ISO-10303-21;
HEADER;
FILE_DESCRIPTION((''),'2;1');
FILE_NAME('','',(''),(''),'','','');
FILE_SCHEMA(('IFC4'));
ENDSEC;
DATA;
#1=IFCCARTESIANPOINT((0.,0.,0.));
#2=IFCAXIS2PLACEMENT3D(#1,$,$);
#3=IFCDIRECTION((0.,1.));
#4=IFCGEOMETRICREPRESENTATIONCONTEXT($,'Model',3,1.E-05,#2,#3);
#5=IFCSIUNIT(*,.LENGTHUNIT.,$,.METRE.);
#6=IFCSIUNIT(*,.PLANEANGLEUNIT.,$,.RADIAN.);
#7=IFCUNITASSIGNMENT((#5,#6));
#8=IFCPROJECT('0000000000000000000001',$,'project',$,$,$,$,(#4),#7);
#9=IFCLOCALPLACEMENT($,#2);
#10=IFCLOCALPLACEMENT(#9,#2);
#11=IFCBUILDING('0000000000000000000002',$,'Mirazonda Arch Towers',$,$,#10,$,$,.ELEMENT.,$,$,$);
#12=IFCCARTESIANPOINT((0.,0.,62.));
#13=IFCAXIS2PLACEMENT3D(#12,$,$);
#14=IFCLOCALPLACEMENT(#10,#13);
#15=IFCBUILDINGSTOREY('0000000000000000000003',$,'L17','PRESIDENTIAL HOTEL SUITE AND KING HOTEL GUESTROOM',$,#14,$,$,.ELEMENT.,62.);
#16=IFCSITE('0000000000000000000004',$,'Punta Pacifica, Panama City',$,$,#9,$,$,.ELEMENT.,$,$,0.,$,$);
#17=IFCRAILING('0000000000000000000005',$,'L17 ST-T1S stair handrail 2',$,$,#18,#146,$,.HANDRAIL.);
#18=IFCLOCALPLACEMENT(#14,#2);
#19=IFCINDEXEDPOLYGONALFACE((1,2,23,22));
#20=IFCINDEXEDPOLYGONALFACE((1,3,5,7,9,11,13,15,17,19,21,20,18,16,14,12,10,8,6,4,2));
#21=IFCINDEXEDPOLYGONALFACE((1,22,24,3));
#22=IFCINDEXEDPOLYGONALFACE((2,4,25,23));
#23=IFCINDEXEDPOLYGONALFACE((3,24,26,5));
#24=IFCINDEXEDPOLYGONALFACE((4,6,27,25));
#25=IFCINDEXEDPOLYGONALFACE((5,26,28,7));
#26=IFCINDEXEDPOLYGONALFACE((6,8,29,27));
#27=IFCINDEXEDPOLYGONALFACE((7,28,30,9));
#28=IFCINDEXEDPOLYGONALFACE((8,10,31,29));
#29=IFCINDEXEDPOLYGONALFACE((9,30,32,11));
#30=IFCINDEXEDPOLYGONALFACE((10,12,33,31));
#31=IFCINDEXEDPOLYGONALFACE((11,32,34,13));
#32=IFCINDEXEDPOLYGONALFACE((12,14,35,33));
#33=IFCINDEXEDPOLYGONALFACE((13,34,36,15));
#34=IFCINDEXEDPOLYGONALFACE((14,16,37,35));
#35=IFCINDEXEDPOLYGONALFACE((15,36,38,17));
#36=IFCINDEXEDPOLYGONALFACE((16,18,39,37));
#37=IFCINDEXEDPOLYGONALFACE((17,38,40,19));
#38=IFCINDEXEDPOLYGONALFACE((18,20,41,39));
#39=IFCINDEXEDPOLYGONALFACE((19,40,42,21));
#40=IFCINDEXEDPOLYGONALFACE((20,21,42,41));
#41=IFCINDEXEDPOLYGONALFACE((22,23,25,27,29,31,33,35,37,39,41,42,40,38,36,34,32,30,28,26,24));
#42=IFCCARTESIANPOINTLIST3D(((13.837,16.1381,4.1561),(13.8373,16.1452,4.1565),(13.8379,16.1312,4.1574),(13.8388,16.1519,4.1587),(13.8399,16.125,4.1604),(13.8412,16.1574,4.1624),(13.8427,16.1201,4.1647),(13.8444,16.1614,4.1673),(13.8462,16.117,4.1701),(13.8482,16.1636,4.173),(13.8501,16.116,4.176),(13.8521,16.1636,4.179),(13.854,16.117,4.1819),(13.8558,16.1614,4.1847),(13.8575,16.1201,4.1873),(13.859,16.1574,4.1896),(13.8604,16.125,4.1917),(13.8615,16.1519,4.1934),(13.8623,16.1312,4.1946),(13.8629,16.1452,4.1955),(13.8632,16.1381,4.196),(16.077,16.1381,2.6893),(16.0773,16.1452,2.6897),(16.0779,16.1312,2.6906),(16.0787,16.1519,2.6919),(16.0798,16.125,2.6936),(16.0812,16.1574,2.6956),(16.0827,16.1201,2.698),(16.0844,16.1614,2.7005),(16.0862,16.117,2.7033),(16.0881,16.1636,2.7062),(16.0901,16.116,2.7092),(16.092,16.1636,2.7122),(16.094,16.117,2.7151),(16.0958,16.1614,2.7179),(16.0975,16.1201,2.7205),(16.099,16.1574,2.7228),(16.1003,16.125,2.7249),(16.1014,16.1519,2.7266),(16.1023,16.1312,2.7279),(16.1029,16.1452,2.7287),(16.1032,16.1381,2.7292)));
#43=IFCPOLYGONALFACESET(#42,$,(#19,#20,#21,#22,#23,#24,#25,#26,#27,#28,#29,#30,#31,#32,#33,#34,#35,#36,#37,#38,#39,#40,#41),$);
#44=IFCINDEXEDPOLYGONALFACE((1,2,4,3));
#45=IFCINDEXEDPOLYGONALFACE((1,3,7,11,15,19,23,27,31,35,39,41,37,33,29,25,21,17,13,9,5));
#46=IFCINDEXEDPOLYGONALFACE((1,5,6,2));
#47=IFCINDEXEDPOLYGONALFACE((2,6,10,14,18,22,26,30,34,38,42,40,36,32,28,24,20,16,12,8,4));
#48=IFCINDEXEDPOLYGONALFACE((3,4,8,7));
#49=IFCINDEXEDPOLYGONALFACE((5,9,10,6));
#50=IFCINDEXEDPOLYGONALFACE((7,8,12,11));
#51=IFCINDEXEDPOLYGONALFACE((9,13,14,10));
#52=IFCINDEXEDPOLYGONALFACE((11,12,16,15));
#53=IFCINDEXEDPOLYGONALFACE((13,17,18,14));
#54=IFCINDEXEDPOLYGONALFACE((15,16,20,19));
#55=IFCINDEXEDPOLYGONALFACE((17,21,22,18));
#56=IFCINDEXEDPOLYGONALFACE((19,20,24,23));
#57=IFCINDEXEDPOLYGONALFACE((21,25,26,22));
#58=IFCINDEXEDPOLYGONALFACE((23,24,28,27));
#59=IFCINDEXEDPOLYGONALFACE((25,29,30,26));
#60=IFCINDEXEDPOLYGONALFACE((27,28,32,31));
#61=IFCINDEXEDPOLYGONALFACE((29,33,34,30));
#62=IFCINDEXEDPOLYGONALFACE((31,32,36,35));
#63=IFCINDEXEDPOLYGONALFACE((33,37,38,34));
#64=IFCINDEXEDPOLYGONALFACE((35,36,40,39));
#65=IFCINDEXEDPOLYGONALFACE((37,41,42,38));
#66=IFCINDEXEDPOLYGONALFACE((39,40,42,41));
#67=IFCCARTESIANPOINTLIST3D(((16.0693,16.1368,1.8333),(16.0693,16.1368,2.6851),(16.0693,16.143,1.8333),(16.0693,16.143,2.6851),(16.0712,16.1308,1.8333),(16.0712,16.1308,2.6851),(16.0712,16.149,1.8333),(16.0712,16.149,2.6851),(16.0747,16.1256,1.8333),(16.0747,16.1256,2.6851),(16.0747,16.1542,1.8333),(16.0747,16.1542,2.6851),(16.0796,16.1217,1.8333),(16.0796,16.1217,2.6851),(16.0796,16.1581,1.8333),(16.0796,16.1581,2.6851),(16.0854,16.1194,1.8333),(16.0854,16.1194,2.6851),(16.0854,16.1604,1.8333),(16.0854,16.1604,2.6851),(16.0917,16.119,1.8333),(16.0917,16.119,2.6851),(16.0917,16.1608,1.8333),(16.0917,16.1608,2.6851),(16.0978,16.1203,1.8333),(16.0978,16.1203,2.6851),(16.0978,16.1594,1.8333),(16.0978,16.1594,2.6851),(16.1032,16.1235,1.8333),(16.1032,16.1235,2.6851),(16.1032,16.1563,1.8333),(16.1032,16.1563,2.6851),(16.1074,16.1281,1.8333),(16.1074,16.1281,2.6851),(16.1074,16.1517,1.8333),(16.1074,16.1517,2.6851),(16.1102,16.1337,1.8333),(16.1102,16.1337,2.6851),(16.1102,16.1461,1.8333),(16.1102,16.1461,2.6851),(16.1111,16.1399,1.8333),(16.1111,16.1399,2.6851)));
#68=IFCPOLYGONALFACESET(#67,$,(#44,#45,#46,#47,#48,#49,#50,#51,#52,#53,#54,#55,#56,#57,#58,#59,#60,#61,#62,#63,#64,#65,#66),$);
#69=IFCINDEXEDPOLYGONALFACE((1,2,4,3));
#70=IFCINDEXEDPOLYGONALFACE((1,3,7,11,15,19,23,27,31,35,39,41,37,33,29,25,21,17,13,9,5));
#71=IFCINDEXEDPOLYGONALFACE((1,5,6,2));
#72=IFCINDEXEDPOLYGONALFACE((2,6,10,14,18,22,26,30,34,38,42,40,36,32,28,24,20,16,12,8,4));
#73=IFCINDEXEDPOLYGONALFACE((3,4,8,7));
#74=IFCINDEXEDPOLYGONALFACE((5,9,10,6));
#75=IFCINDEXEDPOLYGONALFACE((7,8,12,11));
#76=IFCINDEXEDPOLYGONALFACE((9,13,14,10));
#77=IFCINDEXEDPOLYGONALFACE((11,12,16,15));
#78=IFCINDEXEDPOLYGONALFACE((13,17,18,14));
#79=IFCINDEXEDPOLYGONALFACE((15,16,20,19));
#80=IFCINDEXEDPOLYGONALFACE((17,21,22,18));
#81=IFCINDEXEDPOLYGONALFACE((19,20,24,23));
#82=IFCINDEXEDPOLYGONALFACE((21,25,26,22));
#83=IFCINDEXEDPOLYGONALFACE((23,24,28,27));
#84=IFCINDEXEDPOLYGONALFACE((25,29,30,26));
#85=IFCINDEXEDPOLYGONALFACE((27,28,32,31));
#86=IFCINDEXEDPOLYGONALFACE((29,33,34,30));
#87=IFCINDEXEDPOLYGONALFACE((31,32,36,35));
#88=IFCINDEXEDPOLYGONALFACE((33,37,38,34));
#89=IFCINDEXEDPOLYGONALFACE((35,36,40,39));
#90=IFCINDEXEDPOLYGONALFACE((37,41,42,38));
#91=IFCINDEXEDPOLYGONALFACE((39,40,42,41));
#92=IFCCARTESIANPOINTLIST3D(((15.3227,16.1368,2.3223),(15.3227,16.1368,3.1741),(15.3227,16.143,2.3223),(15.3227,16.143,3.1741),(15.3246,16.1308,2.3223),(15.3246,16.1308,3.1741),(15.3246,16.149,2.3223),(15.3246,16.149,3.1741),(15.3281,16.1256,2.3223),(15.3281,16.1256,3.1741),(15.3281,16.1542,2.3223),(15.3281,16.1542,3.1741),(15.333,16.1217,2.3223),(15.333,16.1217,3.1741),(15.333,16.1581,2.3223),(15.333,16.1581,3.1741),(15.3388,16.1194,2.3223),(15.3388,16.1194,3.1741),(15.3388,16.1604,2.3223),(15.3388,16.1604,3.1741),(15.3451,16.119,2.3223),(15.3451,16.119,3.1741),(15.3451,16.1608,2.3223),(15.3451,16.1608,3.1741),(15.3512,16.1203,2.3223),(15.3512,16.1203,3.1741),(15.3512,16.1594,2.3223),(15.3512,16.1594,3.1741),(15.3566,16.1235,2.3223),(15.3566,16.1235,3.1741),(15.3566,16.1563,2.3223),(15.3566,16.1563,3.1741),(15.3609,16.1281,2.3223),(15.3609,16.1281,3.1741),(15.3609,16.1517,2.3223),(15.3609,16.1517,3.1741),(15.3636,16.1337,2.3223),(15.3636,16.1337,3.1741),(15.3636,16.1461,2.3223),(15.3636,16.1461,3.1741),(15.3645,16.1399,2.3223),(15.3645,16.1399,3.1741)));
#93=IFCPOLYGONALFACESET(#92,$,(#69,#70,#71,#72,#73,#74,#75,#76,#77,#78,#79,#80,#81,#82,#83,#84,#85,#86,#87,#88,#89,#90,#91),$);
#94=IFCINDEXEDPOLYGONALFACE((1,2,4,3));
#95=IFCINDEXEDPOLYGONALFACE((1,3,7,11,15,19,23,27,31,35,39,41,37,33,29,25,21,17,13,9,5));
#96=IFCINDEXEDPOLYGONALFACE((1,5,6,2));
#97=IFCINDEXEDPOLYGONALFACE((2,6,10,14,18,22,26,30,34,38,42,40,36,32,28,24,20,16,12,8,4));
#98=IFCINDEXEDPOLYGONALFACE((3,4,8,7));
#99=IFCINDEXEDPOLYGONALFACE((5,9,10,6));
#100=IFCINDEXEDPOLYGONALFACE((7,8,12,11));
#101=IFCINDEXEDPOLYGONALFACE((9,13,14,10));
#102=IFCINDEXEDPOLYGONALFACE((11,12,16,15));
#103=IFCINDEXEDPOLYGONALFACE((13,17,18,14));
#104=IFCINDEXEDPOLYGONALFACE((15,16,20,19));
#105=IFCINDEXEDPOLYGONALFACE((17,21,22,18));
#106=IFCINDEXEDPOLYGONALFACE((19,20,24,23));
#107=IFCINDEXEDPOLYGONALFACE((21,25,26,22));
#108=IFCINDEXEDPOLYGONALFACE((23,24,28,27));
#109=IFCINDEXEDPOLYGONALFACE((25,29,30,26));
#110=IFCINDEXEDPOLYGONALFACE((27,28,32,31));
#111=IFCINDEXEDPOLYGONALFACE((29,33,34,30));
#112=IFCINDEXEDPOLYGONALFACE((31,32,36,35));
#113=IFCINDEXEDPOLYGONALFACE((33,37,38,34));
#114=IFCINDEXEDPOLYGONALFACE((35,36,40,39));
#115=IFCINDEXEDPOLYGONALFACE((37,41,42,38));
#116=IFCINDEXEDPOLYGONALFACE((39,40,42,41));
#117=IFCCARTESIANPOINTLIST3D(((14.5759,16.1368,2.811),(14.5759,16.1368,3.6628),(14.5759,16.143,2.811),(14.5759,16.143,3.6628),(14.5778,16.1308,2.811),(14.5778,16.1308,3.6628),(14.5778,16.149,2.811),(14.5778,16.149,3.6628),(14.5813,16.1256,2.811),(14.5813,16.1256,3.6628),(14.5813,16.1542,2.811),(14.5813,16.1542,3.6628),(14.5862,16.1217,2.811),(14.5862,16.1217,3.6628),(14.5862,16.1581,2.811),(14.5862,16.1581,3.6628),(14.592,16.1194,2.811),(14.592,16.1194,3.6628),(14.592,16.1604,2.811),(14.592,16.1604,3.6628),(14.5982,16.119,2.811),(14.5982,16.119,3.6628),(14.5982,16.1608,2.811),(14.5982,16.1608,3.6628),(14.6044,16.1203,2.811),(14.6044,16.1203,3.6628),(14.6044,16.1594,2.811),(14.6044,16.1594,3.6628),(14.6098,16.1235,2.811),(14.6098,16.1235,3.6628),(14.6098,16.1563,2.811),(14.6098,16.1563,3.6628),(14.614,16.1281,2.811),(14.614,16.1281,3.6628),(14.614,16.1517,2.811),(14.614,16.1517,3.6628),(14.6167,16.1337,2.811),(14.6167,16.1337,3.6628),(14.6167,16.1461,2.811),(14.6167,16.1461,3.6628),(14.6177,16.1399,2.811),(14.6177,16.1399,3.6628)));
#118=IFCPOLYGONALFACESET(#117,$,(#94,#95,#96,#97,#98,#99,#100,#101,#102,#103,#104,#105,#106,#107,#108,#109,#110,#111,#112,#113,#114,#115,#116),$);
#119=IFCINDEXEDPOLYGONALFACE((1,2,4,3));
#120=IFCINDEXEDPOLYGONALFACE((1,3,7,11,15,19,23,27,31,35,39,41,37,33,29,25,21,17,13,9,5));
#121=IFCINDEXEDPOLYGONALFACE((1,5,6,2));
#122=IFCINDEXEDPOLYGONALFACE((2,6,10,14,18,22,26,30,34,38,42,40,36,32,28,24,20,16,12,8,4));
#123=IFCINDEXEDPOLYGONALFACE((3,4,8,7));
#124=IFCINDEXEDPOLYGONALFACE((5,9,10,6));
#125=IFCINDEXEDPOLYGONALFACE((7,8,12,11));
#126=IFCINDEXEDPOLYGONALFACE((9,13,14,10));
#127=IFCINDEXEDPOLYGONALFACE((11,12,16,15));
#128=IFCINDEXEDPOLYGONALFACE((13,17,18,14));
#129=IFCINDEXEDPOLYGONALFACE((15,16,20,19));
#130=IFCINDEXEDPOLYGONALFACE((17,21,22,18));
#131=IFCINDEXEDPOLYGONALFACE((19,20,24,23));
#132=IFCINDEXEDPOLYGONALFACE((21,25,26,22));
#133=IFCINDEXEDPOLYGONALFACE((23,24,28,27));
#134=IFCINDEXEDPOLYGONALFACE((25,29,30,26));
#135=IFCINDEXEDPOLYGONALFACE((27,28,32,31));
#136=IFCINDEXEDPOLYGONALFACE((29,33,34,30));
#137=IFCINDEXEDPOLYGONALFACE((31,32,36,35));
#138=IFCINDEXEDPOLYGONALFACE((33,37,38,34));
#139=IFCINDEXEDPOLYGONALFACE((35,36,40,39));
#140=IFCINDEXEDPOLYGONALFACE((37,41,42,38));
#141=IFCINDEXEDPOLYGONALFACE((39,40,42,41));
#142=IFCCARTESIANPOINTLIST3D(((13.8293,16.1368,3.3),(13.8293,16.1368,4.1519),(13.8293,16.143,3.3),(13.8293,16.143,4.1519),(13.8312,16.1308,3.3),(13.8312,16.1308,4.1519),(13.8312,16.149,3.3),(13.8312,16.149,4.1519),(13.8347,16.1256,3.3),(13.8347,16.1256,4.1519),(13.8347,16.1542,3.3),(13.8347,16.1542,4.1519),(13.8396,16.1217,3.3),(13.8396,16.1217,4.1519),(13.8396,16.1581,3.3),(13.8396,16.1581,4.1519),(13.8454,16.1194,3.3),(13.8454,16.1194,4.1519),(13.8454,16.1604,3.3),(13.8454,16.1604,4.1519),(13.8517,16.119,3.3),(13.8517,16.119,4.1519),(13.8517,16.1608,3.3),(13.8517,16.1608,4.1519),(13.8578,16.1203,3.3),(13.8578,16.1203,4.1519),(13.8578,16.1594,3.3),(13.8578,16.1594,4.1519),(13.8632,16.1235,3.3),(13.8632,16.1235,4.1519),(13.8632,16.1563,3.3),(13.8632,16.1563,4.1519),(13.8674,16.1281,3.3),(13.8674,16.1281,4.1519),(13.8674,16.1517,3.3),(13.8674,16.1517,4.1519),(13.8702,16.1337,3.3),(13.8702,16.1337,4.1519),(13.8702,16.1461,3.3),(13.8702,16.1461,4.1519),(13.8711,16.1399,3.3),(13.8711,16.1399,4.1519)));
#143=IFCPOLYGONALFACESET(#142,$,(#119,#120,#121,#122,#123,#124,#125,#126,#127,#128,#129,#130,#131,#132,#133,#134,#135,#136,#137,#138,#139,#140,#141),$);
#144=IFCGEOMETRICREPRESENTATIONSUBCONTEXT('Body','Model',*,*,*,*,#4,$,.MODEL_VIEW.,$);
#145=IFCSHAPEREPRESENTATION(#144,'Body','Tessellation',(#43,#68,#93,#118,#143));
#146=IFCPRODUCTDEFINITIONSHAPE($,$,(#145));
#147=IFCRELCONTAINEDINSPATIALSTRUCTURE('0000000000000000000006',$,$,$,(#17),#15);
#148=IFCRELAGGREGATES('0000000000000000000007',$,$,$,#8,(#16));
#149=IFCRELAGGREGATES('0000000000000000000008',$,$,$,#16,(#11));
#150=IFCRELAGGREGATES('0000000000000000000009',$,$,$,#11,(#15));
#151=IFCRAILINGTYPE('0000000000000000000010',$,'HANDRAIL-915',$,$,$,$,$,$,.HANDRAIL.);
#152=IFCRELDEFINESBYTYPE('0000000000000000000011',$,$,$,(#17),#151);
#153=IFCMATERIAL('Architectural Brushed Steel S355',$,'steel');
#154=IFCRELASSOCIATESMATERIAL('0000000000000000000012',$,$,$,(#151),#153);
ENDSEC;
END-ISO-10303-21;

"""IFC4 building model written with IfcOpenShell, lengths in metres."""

from ifc_helpers import new_model, si_unit, direction, frame, origin, origin_2d, place, context, subcontext, project, spatial, circle, extrude, material, type_object, element, save


model = new_model("IFC4")

# Units and contexts
model_context = context("Model", 3, precision=1e-05, world=origin(), true_north=direction((0.0, 1.0)))
body_context = subcontext(model_context, "Body", "Model", "MODEL_VIEW")
ifc_project = project(units=[si_unit("LENGTHUNIT", "METRE"), si_unit("PLANEANGLEUNIT", "RADIAN")], contexts=[model_context])

# Site, building, storey
site_placement = place(None, origin())
site = spatial("IfcSite", under=ifc_project, at=site_placement, Name="Punta Pacifica, Panama City", CompositionType="ELEMENT", RefElevation=0.0)
building_placement = place(site_placement, origin())
building = spatial("IfcBuilding", under=site, at=building_placement, Name="Mirazonda Arch Towers", CompositionType="ELEMENT")
storey_placement = place(building_placement, frame((0.0, 0.0, 62.0)))
storey = spatial("IfcBuildingStorey", under=building, at=storey_placement, Name="L17", Description="PRESIDENTIAL HOTEL SUITE AND KING HOTEL GUESTROOM", CompositionType="ELEMENT", Elevation=62.0)

# Railing
ifc_material_1 = material(Name="Architectural Brushed Steel S355", Category="steel")
railing_type_1 = type_object("IfcRailingType", Name="HANDRAIL-915", PredefinedType="HANDRAIL", material=ifc_material_1)
railing_1_placement = place(storey_placement, frame((16.0901, 16.1399, 1.8333)))
element("IfcRailing", 1, at=railing_1_placement, inside=storey, type_object=railing_type_1, Name="L17 ST-T1S stair handrail 2", PredefinedType="HANDRAIL", context=body_context, shape_type="SweptSolid", body=[
    extrude(circle(Radius=0.0239, at=origin_2d()), frame((0.0, 0.0, 0.876), z_axis=(-0.836595, 0.0, 0.547822), x_axis=(0.0, -1.0, 0.0)), (0.0, 0.0, 1.0), 2.6775),
    extrude(circle(Radius=0.021, at=origin_2d()), origin(), (0.0, 0.0, 1.0), 0.8518),
    extrude(circle(Radius=0.021, at=origin_2d()), frame((-0.7466, 0.0, 0.489)), (0.0, 0.0, 1.0), 0.8518),
    extrude(circle(Radius=0.021, at=origin_2d()), frame((-1.4934, 0.0, 0.9778)), (0.0, 0.0, 1.0), 0.8518),
    extrude(circle(Radius=0.021, at=origin_2d()), frame((-2.24, 0.0, 1.4668)), (0.0, 0.0, 1.0), 0.8518),
])

save(model, "model.ifc")
